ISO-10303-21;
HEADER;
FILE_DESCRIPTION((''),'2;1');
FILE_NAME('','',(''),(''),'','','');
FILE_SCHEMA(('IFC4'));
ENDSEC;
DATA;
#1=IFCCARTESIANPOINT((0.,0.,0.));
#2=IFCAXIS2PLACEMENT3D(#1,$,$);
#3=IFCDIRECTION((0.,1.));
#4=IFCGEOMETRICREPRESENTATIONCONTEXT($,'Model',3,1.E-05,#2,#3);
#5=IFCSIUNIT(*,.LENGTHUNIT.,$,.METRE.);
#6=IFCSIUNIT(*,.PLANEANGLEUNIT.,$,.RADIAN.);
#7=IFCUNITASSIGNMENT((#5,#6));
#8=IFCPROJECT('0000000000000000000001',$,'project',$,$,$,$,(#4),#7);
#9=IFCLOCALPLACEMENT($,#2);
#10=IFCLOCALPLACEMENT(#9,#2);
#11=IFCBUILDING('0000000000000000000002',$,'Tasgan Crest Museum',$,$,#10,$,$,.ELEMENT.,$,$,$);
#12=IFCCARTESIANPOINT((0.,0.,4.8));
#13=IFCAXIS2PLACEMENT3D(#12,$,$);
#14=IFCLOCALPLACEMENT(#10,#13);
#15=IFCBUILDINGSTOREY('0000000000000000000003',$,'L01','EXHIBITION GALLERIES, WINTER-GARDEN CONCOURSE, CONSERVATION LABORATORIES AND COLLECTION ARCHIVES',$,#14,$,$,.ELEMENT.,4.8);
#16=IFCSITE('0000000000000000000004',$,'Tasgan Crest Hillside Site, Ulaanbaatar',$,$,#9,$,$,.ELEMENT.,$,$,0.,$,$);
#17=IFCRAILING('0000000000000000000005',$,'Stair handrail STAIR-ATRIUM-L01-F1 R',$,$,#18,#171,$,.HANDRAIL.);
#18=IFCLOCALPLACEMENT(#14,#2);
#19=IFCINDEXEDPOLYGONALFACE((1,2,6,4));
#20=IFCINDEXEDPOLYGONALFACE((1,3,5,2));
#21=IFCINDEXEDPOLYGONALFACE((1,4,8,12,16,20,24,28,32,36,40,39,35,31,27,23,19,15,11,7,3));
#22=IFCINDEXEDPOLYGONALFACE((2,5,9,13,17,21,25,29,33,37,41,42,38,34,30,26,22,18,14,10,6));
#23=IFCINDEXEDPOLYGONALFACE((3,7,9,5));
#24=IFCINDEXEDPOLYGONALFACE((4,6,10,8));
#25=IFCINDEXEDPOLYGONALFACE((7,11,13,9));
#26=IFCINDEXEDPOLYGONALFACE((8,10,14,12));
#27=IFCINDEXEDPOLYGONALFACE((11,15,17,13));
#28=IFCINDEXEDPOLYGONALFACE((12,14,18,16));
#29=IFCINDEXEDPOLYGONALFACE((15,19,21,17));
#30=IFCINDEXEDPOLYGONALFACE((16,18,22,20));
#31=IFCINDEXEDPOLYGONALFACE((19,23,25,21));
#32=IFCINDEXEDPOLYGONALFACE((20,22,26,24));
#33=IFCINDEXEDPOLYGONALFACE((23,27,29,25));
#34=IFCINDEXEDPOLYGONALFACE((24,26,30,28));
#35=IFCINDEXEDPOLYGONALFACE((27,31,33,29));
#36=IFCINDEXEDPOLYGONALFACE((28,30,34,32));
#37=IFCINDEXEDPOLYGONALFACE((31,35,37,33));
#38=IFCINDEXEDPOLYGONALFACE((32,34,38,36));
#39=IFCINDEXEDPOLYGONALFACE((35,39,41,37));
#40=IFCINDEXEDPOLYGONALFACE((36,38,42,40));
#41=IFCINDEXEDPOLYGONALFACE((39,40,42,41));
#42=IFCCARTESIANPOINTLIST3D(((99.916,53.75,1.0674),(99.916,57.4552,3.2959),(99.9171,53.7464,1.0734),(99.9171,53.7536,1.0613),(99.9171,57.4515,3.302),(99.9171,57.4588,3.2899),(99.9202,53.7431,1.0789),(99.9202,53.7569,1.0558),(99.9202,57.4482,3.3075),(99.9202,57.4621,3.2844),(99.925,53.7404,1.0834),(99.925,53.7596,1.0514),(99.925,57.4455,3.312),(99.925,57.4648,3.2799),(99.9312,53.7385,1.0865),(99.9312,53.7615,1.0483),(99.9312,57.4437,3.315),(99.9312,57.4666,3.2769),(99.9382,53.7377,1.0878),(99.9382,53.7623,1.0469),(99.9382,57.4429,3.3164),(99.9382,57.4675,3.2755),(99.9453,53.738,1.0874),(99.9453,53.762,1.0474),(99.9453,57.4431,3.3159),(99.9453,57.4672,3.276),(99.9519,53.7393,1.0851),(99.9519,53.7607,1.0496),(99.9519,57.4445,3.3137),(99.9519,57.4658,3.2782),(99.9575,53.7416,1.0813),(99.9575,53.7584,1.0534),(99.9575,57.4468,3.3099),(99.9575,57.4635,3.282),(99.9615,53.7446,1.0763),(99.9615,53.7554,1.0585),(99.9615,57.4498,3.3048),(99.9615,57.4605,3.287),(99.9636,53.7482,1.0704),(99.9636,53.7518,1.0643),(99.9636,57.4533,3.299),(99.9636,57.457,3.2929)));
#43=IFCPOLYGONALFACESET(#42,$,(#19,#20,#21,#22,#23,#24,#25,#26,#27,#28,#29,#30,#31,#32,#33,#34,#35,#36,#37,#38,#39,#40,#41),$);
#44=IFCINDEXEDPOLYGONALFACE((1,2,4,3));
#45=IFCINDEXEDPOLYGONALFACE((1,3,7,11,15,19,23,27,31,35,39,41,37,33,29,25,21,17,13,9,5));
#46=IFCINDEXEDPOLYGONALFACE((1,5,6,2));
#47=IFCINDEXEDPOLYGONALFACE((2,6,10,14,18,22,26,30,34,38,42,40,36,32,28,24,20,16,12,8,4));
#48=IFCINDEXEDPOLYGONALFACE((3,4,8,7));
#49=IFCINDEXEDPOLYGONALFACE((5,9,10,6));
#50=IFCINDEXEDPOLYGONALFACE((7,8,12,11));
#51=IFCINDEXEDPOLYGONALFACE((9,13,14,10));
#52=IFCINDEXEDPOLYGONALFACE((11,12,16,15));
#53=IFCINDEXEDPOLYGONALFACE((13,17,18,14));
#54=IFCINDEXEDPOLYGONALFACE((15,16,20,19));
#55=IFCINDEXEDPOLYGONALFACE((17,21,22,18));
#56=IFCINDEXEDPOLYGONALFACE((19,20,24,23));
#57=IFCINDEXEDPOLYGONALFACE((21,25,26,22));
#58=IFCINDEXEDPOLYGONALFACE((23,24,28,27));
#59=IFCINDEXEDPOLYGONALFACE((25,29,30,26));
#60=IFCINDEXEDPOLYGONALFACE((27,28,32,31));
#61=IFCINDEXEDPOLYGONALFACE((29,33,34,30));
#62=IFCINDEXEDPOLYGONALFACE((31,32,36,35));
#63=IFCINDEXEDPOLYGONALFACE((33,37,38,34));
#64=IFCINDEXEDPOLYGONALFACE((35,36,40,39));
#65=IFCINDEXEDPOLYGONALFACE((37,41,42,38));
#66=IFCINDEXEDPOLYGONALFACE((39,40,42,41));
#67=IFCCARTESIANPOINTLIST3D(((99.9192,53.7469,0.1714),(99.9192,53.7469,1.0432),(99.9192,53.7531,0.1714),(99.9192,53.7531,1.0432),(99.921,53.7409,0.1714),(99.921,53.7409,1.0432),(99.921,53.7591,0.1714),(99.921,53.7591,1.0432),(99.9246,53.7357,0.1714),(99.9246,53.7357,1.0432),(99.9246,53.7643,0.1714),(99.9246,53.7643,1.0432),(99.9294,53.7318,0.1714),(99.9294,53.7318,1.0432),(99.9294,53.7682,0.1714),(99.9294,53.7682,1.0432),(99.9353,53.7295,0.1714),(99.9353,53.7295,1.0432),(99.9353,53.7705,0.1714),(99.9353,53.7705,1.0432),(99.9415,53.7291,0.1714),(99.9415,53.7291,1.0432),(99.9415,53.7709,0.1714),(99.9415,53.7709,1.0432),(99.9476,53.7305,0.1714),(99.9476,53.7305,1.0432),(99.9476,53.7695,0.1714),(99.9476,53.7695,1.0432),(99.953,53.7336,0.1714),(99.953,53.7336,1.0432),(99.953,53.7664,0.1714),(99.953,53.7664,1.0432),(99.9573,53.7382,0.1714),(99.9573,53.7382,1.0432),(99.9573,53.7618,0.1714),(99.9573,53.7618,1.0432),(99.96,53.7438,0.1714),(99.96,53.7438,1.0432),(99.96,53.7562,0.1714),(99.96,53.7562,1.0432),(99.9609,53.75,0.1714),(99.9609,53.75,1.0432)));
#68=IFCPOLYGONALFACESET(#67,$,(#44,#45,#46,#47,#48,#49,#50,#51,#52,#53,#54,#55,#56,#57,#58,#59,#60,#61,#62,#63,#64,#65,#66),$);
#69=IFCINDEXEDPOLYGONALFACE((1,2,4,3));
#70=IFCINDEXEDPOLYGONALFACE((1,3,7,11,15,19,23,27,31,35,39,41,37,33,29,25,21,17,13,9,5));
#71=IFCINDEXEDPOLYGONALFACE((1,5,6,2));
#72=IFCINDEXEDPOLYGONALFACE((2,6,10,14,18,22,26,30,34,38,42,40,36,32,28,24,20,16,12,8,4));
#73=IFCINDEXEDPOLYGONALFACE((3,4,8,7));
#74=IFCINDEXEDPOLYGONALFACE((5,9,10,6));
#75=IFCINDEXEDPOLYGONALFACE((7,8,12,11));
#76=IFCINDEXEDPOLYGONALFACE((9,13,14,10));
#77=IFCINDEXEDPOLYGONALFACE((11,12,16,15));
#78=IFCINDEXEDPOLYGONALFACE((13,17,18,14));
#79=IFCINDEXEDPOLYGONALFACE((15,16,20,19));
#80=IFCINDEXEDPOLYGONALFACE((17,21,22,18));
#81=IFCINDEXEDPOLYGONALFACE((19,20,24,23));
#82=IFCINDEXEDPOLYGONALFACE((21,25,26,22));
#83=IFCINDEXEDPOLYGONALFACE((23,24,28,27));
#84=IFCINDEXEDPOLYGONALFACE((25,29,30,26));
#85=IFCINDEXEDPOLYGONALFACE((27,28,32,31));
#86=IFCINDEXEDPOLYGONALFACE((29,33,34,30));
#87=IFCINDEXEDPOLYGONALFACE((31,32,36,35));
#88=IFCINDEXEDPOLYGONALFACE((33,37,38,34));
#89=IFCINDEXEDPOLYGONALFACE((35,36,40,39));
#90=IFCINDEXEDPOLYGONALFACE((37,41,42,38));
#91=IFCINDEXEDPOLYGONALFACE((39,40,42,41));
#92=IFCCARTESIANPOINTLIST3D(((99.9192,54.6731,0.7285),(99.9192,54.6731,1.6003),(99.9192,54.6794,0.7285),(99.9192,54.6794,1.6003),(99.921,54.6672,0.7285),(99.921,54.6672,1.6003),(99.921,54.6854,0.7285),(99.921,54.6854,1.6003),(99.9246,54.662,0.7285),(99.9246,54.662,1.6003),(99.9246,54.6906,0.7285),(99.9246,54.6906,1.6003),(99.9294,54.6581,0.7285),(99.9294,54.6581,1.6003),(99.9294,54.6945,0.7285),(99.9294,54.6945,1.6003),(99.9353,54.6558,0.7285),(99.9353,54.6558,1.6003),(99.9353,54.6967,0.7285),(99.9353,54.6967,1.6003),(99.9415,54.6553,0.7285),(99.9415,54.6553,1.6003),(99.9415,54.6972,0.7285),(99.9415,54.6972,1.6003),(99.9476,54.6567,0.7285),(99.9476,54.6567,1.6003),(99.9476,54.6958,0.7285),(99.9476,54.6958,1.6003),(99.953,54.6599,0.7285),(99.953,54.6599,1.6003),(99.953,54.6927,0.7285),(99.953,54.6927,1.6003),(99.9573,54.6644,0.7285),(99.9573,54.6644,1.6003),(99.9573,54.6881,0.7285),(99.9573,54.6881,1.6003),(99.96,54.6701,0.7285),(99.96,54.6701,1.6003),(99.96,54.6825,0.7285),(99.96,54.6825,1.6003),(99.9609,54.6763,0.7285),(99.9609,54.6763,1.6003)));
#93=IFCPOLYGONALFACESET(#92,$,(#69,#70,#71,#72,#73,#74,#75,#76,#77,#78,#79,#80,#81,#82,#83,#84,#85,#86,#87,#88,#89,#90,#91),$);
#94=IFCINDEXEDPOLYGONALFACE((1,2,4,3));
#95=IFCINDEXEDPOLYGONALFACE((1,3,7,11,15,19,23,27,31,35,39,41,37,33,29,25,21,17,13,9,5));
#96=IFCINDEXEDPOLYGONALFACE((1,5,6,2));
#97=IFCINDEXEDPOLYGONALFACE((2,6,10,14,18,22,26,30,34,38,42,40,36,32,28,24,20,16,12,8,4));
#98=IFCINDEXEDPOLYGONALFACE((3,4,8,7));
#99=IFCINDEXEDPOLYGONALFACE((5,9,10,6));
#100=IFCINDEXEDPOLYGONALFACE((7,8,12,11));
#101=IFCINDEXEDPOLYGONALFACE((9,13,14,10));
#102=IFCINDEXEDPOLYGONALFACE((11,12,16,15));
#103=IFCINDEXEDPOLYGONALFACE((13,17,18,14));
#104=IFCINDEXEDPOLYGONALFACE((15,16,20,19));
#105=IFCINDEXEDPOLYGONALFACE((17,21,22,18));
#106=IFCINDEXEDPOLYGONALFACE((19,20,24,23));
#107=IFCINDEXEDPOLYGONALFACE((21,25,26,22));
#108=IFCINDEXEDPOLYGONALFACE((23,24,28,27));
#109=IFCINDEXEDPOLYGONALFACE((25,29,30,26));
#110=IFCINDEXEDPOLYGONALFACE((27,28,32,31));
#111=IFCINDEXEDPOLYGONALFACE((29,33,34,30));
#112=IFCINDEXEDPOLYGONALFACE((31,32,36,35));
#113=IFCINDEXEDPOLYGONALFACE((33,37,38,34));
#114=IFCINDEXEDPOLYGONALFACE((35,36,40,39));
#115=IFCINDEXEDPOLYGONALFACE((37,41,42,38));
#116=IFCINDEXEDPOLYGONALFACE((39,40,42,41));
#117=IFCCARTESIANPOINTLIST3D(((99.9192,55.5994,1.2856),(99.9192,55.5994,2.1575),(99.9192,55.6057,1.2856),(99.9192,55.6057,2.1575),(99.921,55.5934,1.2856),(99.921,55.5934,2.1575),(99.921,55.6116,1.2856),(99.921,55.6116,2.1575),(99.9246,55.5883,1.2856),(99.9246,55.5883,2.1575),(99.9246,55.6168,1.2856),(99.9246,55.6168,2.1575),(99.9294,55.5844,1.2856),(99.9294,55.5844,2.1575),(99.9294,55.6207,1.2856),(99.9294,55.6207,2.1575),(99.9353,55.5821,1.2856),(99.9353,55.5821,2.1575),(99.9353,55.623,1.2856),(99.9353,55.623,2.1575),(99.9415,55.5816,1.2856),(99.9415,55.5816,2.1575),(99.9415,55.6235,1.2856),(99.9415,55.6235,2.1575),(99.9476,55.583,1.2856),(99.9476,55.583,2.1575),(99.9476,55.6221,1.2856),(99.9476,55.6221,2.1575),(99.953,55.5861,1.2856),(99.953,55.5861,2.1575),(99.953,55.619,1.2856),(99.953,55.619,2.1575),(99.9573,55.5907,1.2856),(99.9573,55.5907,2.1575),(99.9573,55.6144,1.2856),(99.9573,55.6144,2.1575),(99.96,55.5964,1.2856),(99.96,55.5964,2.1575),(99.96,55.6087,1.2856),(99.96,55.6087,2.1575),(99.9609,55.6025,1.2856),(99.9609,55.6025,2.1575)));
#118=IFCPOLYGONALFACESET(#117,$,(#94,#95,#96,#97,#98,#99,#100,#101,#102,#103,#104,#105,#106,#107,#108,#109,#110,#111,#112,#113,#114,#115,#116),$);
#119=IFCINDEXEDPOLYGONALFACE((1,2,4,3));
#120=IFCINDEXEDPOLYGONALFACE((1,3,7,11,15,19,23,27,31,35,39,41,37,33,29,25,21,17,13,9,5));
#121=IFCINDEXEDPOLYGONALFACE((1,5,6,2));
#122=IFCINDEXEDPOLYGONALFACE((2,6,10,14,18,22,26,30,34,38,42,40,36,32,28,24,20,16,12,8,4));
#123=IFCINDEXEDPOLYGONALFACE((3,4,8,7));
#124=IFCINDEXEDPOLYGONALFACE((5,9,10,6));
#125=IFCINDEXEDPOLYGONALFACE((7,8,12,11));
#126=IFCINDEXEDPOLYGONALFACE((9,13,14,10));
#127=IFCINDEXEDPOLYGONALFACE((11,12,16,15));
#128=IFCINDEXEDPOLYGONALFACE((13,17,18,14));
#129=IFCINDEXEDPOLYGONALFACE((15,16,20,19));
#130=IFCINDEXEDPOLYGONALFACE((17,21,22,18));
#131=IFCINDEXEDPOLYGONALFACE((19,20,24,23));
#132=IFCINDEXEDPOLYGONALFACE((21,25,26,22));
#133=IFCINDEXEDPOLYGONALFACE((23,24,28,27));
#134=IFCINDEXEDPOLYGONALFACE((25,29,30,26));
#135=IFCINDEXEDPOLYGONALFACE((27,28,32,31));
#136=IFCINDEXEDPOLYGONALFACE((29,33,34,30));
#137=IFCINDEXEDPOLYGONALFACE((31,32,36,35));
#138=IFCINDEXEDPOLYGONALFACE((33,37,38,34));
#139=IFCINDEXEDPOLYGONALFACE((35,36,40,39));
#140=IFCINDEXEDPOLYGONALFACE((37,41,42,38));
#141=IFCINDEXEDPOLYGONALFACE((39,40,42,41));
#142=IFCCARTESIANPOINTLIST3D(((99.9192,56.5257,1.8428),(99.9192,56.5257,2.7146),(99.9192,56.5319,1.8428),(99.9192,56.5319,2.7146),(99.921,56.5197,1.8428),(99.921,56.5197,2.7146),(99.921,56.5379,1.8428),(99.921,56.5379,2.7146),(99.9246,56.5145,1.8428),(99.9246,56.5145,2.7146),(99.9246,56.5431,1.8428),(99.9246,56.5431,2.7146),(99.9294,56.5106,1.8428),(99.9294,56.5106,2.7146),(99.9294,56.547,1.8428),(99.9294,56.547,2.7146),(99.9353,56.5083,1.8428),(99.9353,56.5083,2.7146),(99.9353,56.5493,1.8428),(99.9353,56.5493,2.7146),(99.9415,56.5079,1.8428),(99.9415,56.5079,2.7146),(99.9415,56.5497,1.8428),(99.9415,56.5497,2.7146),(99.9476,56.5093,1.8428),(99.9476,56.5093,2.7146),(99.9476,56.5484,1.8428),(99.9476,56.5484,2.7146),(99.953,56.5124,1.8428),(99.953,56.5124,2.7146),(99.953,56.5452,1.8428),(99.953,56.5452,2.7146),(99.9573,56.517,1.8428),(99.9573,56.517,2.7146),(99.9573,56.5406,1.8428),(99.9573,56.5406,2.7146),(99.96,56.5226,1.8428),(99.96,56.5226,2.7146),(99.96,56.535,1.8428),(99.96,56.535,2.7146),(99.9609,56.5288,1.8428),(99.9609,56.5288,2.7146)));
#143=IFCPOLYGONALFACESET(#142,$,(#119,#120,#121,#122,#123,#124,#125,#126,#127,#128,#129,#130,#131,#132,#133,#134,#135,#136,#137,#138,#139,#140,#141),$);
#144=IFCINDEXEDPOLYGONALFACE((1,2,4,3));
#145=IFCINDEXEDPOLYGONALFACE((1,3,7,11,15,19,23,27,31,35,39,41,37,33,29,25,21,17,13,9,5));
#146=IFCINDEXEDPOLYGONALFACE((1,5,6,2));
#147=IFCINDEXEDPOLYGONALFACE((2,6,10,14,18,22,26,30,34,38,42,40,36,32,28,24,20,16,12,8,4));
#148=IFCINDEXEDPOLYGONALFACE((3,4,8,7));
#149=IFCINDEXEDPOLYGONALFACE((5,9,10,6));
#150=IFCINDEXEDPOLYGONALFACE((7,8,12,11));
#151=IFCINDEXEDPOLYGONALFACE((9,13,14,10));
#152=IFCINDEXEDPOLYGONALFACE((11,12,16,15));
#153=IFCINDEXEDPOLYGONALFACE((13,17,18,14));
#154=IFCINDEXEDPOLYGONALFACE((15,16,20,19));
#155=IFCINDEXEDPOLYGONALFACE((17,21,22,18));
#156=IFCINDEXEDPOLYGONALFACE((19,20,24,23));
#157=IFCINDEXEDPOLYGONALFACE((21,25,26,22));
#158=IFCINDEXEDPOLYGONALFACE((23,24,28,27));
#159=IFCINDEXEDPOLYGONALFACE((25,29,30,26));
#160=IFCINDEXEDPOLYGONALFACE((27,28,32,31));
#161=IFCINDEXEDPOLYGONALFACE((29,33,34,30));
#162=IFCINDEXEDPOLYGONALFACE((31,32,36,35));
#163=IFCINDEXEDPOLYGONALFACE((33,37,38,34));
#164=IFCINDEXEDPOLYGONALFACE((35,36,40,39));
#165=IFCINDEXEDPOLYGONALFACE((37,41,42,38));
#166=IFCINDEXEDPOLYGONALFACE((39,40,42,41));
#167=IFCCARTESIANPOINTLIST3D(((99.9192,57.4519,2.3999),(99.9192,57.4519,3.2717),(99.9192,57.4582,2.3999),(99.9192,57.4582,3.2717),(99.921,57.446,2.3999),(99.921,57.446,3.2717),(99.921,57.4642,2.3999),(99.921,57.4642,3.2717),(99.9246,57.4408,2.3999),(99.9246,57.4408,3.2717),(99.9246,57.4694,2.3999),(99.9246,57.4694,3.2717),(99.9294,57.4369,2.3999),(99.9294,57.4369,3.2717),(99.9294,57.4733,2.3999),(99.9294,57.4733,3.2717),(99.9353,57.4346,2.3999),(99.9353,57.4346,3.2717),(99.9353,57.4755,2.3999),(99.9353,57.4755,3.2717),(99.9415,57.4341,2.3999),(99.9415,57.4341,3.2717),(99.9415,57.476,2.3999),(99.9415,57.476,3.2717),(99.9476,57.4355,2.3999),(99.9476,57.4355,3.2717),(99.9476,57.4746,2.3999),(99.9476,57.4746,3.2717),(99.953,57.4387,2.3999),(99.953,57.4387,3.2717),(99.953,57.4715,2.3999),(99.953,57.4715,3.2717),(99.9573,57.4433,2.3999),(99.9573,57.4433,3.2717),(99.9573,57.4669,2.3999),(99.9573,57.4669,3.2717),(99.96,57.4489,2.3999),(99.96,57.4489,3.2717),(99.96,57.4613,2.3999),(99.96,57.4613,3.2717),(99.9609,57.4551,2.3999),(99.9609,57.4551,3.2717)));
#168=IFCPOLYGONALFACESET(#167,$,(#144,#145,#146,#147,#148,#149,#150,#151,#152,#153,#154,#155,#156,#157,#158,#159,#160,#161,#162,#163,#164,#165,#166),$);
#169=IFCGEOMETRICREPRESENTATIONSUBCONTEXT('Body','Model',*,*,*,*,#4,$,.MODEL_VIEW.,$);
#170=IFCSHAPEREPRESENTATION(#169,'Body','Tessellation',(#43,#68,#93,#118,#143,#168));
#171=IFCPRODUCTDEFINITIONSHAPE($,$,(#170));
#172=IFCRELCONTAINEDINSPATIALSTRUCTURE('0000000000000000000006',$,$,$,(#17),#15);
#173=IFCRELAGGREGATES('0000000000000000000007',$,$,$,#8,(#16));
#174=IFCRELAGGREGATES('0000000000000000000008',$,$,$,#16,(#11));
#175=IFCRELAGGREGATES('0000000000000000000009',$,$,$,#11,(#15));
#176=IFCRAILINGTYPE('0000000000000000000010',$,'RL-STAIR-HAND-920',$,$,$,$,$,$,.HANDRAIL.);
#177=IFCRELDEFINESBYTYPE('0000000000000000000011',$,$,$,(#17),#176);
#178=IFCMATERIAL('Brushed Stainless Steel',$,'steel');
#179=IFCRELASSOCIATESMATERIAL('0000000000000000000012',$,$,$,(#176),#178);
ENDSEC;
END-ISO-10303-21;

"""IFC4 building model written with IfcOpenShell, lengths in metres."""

from ifc_helpers import new_model, si_unit, direction, frame, origin, origin_2d, place, context, subcontext, project, spatial, circle, extrude, material, type_object, element, save


model = new_model("IFC4")

# Units and contexts
model_context = context("Model", 3, precision=1e-05, world=origin(), true_north=direction((0.0, 1.0)))
body_context = subcontext(model_context, "Body", "Model", "MODEL_VIEW")
ifc_project = project(units=[si_unit("LENGTHUNIT", "METRE"), si_unit("PLANEANGLEUNIT", "RADIAN")], contexts=[model_context])

# Site, building, storey
site_placement = place(None, origin())
site = spatial("IfcSite", under=ifc_project, at=site_placement, Name="Tasgan Crest Hillside Site, Ulaanbaatar", CompositionType="ELEMENT", RefElevation=0.0)
building_placement = place(site_placement, origin())
building = spatial("IfcBuilding", under=site, at=building_placement, Name="Tasgan Crest Museum", CompositionType="ELEMENT")
storey_placement = place(building_placement, frame((0.0, 0.0, 4.8)))
storey = spatial("IfcBuildingStorey", under=building, at=storey_placement, Name="L01", Description="EXHIBITION GALLERIES, WINTER-GARDEN CONCOURSE, CONSERVATION LABORATORIES AND COLLECTION ARCHIVES", CompositionType="ELEMENT", Elevation=4.8)

# Railing
ifc_material_1 = material(Name="Brushed Stainless Steel", Category="steel")
railing_type_1 = type_object("IfcRailingType", Name="RL-STAIR-HAND-920", PredefinedType="HANDRAIL", material=ifc_material_1)
for number, where, name in (
    (1, (99.9399, 53.75, 0.1714), "Stair handrail STAIR-ATRIUM-L01-F1 R"),
):
    element("IfcRailing", number, at=place(storey_placement, frame(where)), inside=storey, type_object=railing_type_1, Name=name, PredefinedType="HANDRAIL", context=body_context, shape_type="SweptSolid", body=[
        extrude(circle(Radius=0.0239, at=origin_2d()), frame((0.0, 0.0, 0.896), z_axis=(0.0, 0.856934, 0.515425), x_axis=(-1.0, 0.0, 0.0)), (0.0, 0.0, 1.0), 4.3237),
        extrude(circle(Radius=0.021, at=origin_2d()), origin(), (0.0, 0.0, 1.0), 0.8718),
        extrude(circle(Radius=0.021, at=origin_2d()), frame((0.0, 0.9263, 0.5571)), (0.0, 0.0, 1.0), 0.8718),
        extrude(circle(Radius=0.021, at=origin_2d()), frame((0.0, 1.8525, 1.1143)), (0.0, 0.0, 1.0), 0.8718),
        extrude(circle(Radius=0.021, at=origin_2d()), frame((0.0, 2.7788, 1.6714)), (0.0, 0.0, 1.0), 0.8718),
        extrude(circle(Radius=0.021, at=origin_2d()), frame((0.0, 3.7051, 2.2285)), (0.0, 0.0, 1.0), 0.8718),
    ])

save(model, "model.ifc")
